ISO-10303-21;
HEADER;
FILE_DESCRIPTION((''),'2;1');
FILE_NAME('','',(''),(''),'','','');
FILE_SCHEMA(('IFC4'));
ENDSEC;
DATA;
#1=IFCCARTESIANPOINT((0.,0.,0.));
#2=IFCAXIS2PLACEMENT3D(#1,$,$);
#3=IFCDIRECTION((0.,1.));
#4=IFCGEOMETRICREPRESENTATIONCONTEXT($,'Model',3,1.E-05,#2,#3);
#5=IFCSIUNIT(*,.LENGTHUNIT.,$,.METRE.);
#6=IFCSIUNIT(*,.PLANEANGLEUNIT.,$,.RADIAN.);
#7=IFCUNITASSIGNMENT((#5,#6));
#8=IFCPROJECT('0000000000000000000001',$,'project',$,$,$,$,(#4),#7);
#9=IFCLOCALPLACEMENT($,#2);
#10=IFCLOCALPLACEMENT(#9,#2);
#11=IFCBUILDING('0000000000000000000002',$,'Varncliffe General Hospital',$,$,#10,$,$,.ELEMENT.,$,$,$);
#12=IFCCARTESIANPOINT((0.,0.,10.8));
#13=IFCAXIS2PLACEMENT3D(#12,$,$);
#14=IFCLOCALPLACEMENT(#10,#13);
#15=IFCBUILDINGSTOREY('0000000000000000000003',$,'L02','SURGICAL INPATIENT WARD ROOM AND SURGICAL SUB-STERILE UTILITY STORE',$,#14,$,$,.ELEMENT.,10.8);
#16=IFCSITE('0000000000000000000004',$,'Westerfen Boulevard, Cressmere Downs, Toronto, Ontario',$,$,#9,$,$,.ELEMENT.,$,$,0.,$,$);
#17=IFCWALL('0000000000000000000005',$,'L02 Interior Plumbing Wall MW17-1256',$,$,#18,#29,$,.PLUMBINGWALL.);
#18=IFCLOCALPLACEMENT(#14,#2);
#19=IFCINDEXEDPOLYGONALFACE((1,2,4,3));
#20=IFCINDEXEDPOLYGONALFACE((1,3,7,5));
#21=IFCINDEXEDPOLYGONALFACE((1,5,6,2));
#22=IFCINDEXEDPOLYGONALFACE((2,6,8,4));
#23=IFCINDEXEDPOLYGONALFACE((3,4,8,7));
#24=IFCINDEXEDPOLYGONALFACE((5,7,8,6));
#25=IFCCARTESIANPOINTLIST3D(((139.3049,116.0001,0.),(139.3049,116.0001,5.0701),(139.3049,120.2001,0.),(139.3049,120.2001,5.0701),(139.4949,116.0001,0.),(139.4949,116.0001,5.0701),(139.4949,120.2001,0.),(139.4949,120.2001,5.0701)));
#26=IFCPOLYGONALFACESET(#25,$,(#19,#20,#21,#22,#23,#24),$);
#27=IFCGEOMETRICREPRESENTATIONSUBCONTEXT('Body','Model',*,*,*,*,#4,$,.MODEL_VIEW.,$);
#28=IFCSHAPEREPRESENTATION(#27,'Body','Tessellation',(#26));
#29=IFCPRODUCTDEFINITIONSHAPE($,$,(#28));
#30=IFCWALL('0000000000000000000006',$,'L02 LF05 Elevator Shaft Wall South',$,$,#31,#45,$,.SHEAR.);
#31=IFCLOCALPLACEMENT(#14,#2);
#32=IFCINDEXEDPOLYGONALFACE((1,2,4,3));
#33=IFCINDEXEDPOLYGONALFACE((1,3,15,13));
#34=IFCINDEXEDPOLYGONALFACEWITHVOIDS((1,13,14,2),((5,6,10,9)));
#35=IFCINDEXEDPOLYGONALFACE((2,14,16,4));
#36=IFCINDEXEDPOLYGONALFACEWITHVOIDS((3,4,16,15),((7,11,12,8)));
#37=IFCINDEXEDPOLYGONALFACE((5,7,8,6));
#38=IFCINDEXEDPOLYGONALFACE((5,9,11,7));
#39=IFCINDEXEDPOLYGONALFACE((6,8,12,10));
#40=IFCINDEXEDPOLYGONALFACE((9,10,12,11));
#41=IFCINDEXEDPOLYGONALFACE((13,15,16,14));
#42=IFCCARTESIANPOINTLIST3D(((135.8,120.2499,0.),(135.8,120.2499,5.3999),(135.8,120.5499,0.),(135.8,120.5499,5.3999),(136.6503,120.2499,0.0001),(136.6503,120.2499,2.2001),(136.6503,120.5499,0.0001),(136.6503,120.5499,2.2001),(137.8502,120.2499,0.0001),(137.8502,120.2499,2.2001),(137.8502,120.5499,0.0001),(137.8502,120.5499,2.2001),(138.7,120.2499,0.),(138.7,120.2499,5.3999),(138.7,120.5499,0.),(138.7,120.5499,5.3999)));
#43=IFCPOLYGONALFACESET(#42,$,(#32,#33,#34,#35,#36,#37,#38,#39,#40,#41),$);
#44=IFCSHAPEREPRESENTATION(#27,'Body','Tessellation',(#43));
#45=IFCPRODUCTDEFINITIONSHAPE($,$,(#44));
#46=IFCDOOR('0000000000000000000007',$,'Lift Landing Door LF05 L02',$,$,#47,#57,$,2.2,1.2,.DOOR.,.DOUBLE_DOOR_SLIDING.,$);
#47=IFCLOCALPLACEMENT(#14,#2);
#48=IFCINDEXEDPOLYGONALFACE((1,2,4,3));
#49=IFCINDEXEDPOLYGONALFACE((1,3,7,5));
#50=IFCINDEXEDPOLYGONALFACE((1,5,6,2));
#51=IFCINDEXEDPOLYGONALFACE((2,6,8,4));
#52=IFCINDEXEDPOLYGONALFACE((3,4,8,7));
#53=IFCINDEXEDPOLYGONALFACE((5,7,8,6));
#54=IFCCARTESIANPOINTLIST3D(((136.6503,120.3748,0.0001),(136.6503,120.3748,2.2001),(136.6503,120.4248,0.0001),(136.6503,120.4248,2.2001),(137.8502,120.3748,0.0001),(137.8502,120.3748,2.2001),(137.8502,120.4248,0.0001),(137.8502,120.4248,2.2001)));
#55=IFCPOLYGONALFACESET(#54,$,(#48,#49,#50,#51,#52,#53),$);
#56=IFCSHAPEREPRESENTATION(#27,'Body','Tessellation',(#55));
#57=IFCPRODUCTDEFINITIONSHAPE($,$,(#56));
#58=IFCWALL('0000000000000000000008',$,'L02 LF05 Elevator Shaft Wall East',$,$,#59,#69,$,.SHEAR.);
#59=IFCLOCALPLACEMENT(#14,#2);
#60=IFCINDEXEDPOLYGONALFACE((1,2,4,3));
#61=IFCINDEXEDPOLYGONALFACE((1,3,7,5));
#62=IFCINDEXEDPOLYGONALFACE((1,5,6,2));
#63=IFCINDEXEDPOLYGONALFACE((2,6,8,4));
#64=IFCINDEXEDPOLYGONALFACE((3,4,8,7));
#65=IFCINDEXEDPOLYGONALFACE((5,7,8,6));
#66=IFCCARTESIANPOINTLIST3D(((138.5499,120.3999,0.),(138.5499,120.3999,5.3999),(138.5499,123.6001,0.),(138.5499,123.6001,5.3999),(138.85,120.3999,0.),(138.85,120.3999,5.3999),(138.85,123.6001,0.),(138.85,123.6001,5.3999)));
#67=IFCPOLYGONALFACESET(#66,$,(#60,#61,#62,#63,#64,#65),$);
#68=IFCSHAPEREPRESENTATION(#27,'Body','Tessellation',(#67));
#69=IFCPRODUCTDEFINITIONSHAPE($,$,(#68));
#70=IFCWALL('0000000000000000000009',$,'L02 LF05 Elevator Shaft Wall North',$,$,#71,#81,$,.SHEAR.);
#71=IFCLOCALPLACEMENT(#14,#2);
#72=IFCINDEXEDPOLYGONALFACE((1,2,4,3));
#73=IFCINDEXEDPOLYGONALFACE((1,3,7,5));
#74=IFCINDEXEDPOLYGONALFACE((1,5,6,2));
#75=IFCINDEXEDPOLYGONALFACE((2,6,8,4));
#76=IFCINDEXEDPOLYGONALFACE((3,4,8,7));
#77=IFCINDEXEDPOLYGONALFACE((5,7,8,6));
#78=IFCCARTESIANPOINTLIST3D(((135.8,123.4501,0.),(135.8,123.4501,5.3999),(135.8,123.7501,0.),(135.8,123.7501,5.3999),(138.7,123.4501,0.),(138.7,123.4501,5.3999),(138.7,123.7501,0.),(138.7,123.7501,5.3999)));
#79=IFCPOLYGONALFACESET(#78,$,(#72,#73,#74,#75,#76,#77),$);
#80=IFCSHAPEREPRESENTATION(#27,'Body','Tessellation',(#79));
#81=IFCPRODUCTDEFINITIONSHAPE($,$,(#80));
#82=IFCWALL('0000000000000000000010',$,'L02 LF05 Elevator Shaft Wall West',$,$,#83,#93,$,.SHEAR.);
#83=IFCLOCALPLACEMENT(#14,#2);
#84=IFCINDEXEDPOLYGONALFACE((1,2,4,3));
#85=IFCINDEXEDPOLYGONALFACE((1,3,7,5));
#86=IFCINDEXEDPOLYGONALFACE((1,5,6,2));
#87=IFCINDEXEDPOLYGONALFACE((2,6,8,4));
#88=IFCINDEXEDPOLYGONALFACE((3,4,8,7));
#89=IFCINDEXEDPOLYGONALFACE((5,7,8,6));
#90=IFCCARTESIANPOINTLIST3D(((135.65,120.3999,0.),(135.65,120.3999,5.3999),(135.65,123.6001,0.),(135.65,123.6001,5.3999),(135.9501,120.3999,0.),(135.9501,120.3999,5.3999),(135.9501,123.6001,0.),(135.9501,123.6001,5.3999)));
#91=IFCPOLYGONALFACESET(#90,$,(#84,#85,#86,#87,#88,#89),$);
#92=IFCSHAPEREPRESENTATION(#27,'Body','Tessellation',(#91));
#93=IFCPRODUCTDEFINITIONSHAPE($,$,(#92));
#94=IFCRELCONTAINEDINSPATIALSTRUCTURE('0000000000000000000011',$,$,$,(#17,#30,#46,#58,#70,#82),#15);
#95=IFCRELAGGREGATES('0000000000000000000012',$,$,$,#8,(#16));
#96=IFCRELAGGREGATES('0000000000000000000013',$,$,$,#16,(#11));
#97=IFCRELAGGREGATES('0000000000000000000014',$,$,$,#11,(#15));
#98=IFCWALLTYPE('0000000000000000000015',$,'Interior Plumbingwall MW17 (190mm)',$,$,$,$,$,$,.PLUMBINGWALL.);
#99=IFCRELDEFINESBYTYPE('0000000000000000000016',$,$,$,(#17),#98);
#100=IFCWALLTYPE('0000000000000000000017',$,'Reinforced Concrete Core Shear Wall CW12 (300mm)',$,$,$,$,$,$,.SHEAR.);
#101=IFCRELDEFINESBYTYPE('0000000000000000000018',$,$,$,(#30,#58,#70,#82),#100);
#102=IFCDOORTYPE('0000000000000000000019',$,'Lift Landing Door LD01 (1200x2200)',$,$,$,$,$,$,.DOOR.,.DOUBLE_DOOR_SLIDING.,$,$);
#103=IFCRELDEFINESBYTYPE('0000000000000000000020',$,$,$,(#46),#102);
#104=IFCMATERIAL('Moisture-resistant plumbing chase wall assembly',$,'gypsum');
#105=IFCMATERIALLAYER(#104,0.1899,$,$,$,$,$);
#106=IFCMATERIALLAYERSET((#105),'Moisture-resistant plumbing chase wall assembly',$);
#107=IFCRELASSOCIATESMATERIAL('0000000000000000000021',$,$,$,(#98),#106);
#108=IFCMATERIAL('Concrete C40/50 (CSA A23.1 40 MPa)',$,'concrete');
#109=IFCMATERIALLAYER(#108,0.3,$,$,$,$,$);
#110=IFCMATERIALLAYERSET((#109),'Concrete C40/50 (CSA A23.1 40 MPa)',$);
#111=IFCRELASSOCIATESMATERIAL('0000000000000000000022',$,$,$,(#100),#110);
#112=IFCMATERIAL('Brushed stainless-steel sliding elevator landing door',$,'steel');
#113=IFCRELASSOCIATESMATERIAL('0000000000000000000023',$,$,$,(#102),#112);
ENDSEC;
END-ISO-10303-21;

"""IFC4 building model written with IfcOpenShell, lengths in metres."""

from ifc_helpers import new_model, si_unit, direction, frame, frame_2d, origin, place, context, subcontext, project, spatial, rectangle, extrude, material, layer, layer_set, type_object, element, fill, save


model = new_model("IFC4")

# Units and contexts
model_context = context("Model", 3, precision=1e-05, world=origin(), true_north=direction((0.0, 1.0)))
body_context = subcontext(model_context, "Body", "Model", "MODEL_VIEW")
ifc_project = project(units=[si_unit("LENGTHUNIT", "METRE"), si_unit("PLANEANGLEUNIT", "RADIAN")], contexts=[model_context])

# Site, building, storey
site_placement = place(None, origin())
site = spatial("IfcSite", under=ifc_project, at=site_placement, Name="Westerfen Boulevard, Cressmere Downs, Toronto, Ontario", CompositionType="ELEMENT", RefElevation=0.0)
building_placement = place(site_placement, origin())
building = spatial("IfcBuilding", under=site, at=building_placement, Name="Varncliffe General Hospital", CompositionType="ELEMENT")
storey_placement = place(building_placement, frame((0.0, 0.0, 10.8)))
storey = spatial("IfcBuildingStorey", under=building, at=storey_placement, Name="L02", Description="SURGICAL INPATIENT WARD ROOM AND SURGICAL SUB-STERILE UTILITY STORE", CompositionType="ELEMENT", Elevation=10.8)

# Shared definitions
ifc_material_1 = material(Name="Concrete C40/50 (CSA A23.1 40 MPa)", Category="concrete")

# Wall
ifc_material_2 = material(Name="Moisture-resistant plumbing chase wall assembly", Category="gypsum")
ifc_layer_1 = layer(ifc_material_2, 0.1899)
ifc_layer_set_1 = layer_set([ifc_layer_1], Name="Moisture-resistant plumbing chase wall assembly")
wall_type_1 = type_object("IfcWallType", Name="Interior Plumbingwall MW17 (190mm)", PredefinedType="PLUMBINGWALL", material=ifc_layer_set_1)
wall_1_placement = place(storey_placement, frame((139.3999, 116.0, 0.0), z_axis=(0.0, 0.0, 1.0), x_axis=(0.0, 1.0, 0.0)))
element("IfcWall", 1, at=wall_1_placement, inside=storey, type_object=wall_type_1, Name="L02 Interior Plumbing Wall MW17-1256", PredefinedType="PLUMBINGWALL", context=body_context, shape_type="SweptSolid", body=[
    extrude(rectangle(XDim=4.2, YDim=0.1899, at=frame_2d((2.1001, 0.0))), origin(), (0.0, 0.0, 1.0), 5.0701),
])

# Wall, opening, door
ifc_layer_2 = layer(ifc_material_1, 0.3)
ifc_layer_set_2 = layer_set([ifc_layer_2], Name="Concrete C40/50 (CSA A23.1 40 MPa)")
wall_type_2 = type_object("IfcWallType", Name="Reinforced Concrete Core Shear Wall CW12 (300mm)", PredefinedType="SHEAR", material=ifc_layer_set_2)
wall_2_placement = place(storey_placement, frame((135.8, 120.3999, 0.0), z_axis=(0.0, 0.0, 1.0), x_axis=(1.0, 0.0, 0.0)))
wall_2 = element("IfcWall", 2, at=wall_2_placement, inside=storey, type_object=wall_type_2, Name="L02 LF05 Elevator Shaft Wall South", PredefinedType="SHEAR", context=body_context, shape_type="SweptSolid", body=[
    extrude(rectangle(XDim=2.8999, YDim=0.3, at=frame_2d((1.45, 0.0))), origin(), (0.0, 0.0, 1.0), 5.3999),
])
opening_1_placement = place(wall_2_placement, frame((0.8501, 0.0, 0.0)))
opening_1 = element("IfcOpeningElement", 3, at=opening_1_placement, cuts=wall_2, PredefinedType="OPENING", context=body_context, shape_type="SweptSolid", body=[
    extrude(rectangle(XDim=1.2, YDim=2.2, at=frame_2d((0.6001, 1.1001))), frame((0.0, 0.1602, 0.0), z_axis=(0.0, -1.0, 0.0), x_axis=(1.0, 0.0, 0.0)), (0.0, 0.0, 1.0), 0.3201),
])
ifc_material_3 = material(Name="Brushed stainless-steel sliding elevator landing door", Category="steel")
door_type_1 = type_object("IfcDoorType", Name="Lift Landing Door LD01 (1200x2200)", OperationType="DOUBLE_DOOR_SLIDING", PredefinedType="DOOR", material=ifc_material_3)
door_1_placement = place(opening_1_placement, origin())
door_1 = element("IfcDoor", 4, at=door_1_placement, inside=storey, type_object=door_type_1, Name="Lift Landing Door LF05 L02", OperationType="DOUBLE_DOOR_SLIDING", OverallHeight=2.2, OverallWidth=1.2, PredefinedType="DOOR", context=body_context, shape_type="SweptSolid", body=[
    extrude(rectangle(XDim=1.2, YDim=2.2, at=frame_2d((0.6001, 1.1001))), frame((0.0, 0.0249, 0.0), z_axis=(0.0, -1.0, 0.0), x_axis=(1.0, 0.0, 0.0)), (0.0, 0.0, 1.0), 0.05),
])
fill(opening_1, door_1)

# Walls
wall_3_placement = place(storey_placement, frame((138.7, 120.3999, 0.0), z_axis=(0.0, 0.0, 1.0), x_axis=(0.0, 1.0, 0.0)))
element("IfcWall", 5, at=wall_3_placement, inside=storey, type_object=wall_type_2, Name="L02 LF05 Elevator Shaft Wall East", PredefinedType="SHEAR", context=body_context, shape_type="SweptSolid", body=[
    extrude(rectangle(XDim=3.2002, YDim=0.3, at=frame_2d((1.6001, 0.0))), origin(), (0.0, 0.0, 1.0), 5.3999),
])
wall_4_placement = place(storey_placement, frame((138.7, 123.6001, 0.0), z_axis=(0.0, 0.0, 1.0), x_axis=(-1.0, 0.0, 0.0)))
element("IfcWall", 6, at=wall_4_placement, inside=storey, type_object=wall_type_2, Name="L02 LF05 Elevator Shaft Wall North", PredefinedType="SHEAR", context=body_context, shape_type="SweptSolid", body=[
    extrude(rectangle(XDim=2.8999, YDim=0.3, at=frame_2d((1.45, 0.0))), origin(), (0.0, 0.0, 1.0), 5.3999),
])
wall_5_placement = place(storey_placement, frame((135.8, 123.6001, 0.0), z_axis=(0.0, 0.0, 1.0), x_axis=(0.0, -1.0, 0.0)))
element("IfcWall", 7, at=wall_5_placement, inside=storey, type_object=wall_type_2, Name="L02 LF05 Elevator Shaft Wall West", PredefinedType="SHEAR", context=body_context, shape_type="SweptSolid", body=[
    extrude(rectangle(XDim=3.2002, YDim=0.3, at=frame_2d((1.6001, 0.0))), origin(), (0.0, 0.0, 1.0), 5.3999),
])

save(model, "model.ifc")
